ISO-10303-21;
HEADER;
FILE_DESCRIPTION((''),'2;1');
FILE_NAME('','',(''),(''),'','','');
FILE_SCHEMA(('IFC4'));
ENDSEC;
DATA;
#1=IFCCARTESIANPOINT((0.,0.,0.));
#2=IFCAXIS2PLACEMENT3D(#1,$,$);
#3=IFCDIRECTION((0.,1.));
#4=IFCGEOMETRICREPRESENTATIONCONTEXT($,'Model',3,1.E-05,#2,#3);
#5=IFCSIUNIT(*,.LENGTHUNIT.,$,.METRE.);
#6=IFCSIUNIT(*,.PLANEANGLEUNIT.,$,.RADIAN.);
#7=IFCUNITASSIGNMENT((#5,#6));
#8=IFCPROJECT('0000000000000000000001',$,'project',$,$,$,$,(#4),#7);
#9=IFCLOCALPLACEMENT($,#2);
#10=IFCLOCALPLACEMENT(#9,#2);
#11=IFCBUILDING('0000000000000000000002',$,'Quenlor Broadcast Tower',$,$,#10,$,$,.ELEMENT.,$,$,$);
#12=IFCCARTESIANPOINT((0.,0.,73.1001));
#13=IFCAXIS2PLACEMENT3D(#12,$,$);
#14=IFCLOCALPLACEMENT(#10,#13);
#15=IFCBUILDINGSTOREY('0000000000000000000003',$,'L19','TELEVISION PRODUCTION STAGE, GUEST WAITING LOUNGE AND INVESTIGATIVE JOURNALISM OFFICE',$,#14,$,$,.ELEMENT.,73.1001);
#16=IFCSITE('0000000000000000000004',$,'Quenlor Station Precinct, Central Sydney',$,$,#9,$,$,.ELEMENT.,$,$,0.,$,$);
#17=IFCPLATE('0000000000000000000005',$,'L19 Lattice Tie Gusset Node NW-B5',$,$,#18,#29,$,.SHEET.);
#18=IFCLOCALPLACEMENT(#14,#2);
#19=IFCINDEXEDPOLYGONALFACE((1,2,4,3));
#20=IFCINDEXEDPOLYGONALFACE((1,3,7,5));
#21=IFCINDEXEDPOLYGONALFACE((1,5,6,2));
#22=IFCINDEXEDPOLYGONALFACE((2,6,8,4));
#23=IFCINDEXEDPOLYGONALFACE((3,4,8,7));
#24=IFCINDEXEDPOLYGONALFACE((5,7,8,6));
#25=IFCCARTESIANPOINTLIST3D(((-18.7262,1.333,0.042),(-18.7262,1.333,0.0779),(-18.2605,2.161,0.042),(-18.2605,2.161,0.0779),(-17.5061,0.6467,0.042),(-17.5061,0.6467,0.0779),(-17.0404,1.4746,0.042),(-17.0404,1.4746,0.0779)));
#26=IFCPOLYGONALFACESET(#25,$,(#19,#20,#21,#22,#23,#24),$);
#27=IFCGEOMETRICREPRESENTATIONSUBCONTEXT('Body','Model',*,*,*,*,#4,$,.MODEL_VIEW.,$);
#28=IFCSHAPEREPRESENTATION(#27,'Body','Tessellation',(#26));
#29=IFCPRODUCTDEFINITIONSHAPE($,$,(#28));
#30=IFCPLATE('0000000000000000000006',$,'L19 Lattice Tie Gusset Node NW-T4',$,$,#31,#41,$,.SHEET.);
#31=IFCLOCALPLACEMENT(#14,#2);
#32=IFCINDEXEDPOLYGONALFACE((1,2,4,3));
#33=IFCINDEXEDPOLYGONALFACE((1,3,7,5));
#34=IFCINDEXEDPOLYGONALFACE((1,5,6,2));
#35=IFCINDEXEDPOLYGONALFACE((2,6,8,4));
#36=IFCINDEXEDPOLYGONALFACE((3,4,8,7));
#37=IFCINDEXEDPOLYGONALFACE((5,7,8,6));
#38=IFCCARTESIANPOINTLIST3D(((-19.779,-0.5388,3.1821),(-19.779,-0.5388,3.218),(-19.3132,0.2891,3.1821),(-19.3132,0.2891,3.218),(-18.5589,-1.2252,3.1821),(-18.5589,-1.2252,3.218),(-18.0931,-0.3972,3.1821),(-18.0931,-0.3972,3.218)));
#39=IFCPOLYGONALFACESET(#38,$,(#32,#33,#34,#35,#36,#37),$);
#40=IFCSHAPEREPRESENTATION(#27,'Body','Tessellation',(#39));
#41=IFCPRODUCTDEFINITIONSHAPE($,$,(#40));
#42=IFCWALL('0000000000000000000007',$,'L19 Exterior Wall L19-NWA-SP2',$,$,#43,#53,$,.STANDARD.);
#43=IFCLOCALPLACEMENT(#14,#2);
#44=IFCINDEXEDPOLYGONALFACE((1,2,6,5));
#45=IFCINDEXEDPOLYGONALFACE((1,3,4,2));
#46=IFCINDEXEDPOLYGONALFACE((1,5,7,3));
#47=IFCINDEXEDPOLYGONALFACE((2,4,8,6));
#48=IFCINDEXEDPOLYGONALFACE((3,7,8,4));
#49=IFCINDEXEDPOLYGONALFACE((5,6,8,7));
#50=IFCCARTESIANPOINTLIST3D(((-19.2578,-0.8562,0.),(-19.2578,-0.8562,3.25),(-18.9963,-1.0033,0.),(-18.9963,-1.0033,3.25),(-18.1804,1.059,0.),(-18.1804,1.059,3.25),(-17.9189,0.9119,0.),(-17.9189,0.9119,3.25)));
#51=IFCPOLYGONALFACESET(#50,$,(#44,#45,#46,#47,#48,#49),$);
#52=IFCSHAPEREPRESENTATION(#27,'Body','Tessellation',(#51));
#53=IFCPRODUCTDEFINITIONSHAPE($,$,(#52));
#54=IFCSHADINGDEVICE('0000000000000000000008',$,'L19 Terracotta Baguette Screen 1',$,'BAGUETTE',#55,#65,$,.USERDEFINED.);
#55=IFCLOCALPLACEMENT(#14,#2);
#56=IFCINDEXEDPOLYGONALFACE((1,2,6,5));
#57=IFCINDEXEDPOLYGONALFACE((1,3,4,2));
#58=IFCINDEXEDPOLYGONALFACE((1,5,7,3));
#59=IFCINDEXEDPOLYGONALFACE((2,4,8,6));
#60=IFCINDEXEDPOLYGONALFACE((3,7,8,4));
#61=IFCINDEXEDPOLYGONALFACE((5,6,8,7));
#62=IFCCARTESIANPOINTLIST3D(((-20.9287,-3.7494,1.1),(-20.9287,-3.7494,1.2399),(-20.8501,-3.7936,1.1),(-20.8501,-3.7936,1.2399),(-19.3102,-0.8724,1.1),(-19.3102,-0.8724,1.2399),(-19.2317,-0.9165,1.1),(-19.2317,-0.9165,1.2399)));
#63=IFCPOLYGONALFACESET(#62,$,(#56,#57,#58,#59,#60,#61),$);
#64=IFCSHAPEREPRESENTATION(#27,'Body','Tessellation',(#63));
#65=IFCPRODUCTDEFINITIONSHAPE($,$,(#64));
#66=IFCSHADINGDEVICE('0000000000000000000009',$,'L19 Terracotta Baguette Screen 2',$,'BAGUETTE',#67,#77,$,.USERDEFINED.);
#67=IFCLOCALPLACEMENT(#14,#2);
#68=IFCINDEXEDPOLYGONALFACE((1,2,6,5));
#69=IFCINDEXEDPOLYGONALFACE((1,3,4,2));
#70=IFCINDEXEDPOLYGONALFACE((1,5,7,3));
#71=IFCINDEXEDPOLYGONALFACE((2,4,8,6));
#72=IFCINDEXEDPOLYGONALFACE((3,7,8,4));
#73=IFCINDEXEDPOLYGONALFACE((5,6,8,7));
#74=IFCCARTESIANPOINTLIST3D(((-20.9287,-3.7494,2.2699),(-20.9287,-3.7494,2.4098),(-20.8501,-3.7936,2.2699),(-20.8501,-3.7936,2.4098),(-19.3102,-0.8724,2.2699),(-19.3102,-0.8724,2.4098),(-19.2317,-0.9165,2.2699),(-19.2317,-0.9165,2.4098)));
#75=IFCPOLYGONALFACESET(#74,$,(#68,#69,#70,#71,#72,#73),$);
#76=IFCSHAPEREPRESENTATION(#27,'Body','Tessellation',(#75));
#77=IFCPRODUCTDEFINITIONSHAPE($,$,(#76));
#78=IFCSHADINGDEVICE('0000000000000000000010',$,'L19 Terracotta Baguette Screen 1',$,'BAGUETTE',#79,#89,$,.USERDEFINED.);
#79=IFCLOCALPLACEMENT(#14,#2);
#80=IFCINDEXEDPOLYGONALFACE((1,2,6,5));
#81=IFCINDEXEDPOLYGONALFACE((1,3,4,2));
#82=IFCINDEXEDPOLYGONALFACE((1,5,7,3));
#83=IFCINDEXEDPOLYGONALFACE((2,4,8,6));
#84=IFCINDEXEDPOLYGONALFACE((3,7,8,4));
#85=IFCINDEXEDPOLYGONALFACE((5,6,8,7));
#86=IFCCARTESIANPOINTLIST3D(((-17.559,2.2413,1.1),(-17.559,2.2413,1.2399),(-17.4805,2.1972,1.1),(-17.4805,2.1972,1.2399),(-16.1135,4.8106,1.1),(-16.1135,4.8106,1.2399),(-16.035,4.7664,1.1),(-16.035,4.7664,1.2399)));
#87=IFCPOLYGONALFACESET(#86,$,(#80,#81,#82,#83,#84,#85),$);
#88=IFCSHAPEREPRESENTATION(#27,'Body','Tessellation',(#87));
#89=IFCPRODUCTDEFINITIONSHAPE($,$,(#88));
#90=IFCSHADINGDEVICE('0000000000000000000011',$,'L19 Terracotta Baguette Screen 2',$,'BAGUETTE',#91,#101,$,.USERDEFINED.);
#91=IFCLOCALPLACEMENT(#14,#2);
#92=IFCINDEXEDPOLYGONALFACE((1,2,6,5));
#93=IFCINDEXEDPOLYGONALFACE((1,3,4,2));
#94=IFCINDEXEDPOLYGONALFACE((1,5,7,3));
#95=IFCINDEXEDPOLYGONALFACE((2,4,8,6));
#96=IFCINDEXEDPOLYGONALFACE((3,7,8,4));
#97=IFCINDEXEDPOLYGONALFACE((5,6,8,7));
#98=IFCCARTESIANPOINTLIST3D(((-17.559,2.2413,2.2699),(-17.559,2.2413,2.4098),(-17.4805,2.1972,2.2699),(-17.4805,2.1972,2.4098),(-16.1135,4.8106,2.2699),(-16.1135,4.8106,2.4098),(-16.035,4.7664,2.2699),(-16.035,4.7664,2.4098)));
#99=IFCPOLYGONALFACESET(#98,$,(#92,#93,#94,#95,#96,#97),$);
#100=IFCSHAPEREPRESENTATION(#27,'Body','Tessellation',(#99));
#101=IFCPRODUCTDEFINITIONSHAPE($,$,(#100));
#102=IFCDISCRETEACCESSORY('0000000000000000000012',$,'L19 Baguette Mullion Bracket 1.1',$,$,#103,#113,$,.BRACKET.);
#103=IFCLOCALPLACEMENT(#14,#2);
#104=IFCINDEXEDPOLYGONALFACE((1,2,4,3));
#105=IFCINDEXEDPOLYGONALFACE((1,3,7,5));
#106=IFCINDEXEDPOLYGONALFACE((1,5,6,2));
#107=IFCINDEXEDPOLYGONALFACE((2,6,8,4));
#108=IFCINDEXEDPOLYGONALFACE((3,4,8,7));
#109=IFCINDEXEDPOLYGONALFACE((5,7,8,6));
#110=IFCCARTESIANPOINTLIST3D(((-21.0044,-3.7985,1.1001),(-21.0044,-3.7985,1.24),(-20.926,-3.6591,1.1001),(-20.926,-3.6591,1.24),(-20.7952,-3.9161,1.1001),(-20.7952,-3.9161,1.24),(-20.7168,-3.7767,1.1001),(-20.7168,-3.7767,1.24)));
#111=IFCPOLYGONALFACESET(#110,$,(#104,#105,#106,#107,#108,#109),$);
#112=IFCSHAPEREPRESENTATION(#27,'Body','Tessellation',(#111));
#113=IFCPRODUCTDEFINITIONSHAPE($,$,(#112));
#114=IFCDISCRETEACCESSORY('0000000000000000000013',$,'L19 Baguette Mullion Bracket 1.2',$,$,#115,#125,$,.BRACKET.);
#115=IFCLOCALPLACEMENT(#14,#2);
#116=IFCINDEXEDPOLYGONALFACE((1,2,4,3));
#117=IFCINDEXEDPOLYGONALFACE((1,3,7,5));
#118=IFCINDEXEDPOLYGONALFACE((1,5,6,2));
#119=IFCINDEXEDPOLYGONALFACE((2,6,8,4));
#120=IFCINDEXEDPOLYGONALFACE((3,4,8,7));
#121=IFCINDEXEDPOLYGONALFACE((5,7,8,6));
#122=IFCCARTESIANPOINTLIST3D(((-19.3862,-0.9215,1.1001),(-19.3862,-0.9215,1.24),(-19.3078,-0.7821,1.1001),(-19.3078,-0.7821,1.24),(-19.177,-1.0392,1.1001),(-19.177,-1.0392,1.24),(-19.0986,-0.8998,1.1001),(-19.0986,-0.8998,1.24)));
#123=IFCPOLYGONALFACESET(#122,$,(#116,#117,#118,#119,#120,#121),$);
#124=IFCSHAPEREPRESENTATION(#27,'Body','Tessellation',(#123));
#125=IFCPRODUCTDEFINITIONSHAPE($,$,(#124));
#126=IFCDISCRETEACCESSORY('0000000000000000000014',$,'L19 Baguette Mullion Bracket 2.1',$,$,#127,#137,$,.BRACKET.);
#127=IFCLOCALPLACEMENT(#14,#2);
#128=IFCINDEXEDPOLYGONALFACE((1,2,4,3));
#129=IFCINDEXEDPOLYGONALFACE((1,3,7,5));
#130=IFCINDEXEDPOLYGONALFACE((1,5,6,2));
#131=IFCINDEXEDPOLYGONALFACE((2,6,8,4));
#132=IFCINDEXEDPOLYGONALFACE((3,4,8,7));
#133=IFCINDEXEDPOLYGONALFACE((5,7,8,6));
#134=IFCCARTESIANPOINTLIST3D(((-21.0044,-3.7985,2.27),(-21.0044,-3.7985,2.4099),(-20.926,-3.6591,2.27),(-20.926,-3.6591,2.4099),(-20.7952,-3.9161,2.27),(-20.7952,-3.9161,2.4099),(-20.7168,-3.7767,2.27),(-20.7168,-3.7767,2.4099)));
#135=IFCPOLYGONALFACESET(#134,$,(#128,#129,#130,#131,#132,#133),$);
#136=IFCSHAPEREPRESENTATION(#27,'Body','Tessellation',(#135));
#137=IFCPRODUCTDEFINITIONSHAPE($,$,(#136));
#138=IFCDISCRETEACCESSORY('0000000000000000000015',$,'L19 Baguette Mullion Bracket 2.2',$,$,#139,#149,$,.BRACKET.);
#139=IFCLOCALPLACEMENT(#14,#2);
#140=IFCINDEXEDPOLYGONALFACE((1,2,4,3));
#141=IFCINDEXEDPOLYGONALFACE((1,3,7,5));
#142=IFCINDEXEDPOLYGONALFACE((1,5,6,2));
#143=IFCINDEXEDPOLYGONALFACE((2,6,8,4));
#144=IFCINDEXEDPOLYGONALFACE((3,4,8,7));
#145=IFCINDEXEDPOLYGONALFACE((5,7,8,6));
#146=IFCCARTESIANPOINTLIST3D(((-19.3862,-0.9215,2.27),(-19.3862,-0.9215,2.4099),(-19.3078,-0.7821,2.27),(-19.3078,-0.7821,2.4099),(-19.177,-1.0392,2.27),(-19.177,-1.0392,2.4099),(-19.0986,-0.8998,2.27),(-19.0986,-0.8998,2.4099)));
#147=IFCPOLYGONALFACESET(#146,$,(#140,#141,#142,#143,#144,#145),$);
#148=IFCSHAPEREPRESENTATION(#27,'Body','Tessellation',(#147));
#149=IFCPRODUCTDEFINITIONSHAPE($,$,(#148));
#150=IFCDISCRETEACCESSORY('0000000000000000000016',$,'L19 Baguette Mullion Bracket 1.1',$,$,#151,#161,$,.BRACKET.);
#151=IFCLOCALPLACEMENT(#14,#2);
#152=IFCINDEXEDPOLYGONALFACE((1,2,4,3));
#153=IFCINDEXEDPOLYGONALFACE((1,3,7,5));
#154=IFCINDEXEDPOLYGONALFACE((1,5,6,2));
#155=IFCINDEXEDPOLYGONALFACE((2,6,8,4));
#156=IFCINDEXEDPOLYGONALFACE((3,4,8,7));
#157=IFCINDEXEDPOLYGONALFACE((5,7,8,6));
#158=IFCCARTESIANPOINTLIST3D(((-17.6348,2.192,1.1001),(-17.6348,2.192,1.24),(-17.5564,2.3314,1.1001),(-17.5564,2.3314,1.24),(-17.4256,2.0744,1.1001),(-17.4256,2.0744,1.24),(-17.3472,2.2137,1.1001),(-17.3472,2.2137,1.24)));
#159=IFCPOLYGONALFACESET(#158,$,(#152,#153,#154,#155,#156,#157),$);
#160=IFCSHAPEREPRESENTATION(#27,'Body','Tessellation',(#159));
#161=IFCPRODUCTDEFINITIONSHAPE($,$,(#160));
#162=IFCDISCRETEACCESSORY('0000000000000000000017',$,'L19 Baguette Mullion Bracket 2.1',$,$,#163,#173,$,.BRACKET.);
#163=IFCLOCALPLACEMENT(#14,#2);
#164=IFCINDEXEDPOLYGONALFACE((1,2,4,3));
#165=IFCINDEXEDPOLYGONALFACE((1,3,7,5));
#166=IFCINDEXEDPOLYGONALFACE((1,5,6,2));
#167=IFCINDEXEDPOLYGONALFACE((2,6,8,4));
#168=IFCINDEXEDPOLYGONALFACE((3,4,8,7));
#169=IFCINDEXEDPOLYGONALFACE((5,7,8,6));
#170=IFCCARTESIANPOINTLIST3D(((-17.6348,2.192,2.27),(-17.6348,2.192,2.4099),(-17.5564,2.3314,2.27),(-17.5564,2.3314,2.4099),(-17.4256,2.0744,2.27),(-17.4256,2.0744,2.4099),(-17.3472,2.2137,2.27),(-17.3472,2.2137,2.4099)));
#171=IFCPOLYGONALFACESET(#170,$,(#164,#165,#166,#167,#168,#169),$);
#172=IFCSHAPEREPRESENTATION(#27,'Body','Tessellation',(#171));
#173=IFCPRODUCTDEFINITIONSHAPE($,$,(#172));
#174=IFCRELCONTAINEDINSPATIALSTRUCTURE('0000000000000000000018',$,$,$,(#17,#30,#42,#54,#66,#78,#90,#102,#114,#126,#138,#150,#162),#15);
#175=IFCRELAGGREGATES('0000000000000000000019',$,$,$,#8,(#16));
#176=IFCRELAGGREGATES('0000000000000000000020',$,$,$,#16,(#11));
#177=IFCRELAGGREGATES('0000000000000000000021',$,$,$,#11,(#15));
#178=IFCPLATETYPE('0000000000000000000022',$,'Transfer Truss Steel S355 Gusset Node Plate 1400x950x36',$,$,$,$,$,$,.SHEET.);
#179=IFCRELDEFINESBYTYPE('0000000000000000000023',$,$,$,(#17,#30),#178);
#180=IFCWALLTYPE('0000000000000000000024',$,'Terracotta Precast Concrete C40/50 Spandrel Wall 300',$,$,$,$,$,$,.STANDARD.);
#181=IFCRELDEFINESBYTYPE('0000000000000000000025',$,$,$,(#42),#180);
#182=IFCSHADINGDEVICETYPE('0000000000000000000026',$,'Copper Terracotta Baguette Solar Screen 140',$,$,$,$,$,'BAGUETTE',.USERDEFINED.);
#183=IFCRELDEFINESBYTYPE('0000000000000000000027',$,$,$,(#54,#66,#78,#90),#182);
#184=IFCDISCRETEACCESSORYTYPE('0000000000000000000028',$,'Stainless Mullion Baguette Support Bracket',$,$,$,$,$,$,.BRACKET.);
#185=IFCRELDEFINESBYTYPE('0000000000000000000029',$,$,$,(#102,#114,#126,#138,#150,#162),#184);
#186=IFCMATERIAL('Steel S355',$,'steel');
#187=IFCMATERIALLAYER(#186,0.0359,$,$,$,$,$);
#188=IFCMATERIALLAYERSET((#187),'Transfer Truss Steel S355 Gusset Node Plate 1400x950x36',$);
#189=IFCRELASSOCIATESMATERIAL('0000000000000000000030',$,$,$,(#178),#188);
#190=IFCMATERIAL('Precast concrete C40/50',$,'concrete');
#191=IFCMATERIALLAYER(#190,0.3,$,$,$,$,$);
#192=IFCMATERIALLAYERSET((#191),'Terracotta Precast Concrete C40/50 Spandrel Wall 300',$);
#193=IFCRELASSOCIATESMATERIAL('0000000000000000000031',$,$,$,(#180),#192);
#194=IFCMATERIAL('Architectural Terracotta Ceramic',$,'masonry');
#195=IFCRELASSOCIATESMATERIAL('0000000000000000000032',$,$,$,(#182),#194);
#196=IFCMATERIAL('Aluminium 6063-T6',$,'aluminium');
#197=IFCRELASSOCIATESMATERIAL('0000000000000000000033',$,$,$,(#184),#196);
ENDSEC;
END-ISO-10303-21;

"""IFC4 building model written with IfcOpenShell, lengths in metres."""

from ifc_helpers import new_model, si_unit, direction, frame, frame_2d, origin, origin_2d, place, context, subcontext, project, spatial, rectangle, extrude, material, layer, layer_set, material_profile, profile_set, type_object, element, save


model = new_model("IFC4")

# Units and contexts
model_context = context("Model", 3, precision=1e-05, world=origin(), true_north=direction((0.0, 1.0)))
body_context = subcontext(model_context, "Body", "Model", "MODEL_VIEW")
ifc_project = project(units=[si_unit("LENGTHUNIT", "METRE"), si_unit("PLANEANGLEUNIT", "RADIAN")], contexts=[model_context])

# Site, building, storey
site_placement = place(None, origin())
site = spatial("IfcSite", under=ifc_project, at=site_placement, Name="Quenlor Station Precinct, Central Sydney", CompositionType="ELEMENT", RefElevation=0.0)
building_placement = place(site_placement, origin())
building = spatial("IfcBuilding", under=site, at=building_placement, Name="Quenlor Broadcast Tower", CompositionType="ELEMENT")
storey_placement = place(building_placement, frame((0.0, 0.0, 73.1001)))
storey = spatial("IfcBuildingStorey", under=building, at=storey_placement, Name="L19", Description="TELEVISION PRODUCTION STAGE, GUEST WAITING LOUNGE AND INVESTIGATIVE JOURNALISM OFFICE", CompositionType="ELEMENT", Elevation=73.1001)

# Plates
ifc_material_1 = material(Name="Steel S355", Category="steel")
ifc_layer_1 = layer(ifc_material_1, 0.0359)
ifc_layer_set_1 = layer_set([ifc_layer_1], Name="Transfer Truss Steel S355 Gusset Node Plate 1400x950x36")
plate_type_1 = type_object("IfcPlateType", Name="Transfer Truss Steel S355 Gusset Node Plate 1400x950x36", PredefinedType="SHEET", material=ifc_layer_set_1)
for number, where, z_axis, x_axis, name in (
    (1, (-17.8833, 1.4038, 0.042), (0.0, 0.0, 1.0), (-0.871556, 0.490295, 0.0), "L19 Lattice Tie Gusset Node NW-B5"),
    (2, (-18.936, -0.468, 3.1821), (0.0, 0.0, 1.0), (-0.871556, 0.490295, 0.0), "L19 Lattice Tie Gusset Node NW-T4"),
):
    element("IfcPlate", number, at=place(storey_placement, frame(where, z_axis=z_axis, x_axis=x_axis)), inside=storey, type_object=plate_type_1, Name=name, PredefinedType="SHEET", context=body_context, shape_type="SweptSolid", body=[
        extrude(rectangle(XDim=1.3999, YDim=0.95, at=origin_2d()), origin(), (0.0, 0.0, 1.0), 0.0359),
    ])

# Wall
ifc_material_2 = material(Name="Precast concrete C40/50", Category="concrete")
ifc_layer_2 = layer(ifc_material_2, 0.3)
ifc_layer_set_2 = layer_set([ifc_layer_2], Name="Terracotta Precast Concrete C40/50 Spandrel Wall 300")
wall_type = type_object("IfcWallType", Name="Terracotta Precast Concrete C40/50 Spandrel Wall 300", PredefinedType="STANDARD", material=ifc_layer_set_2)
wall_placement = place(storey_placement, frame((-19.127, -0.9297, 0.0), z_axis=(0.0, 0.0, 1.0), x_axis=(0.490277, 0.871567, 0.0)))
element("IfcWall", 3, at=wall_placement, inside=storey, type_object=wall_type, Name="L19 Exterior Wall L19-NWA-SP2", PredefinedType="STANDARD", context=body_context, shape_type="SweptSolid", body=[
    extrude(rectangle(XDim=2.1975, YDim=0.3, at=frame_2d((1.0986, 0.0))), origin(), (0.0, 0.0, 1.0), 3.25),
])

# Shading devices
ifc_material_3 = material(Name="Architectural Terracotta Ceramic", Category="masonry")
ifc_material_profile_1 = material_profile(ifc_material_3, rectangle(XDim=0.0901, YDim=0.1399, at=origin_2d()))
ifc_profile_set_1 = profile_set([ifc_material_profile_1], Name="Architectural Terracotta Ceramic BAG90x140")
shading_device_type = type_object("IfcShadingDeviceType", Name="Copper Terracotta Baguette Solar Screen 140", ElementType="BAGUETTE", PredefinedType="USERDEFINED", material=ifc_profile_set_1)
for number, where, z_axis, x_axis, name in (
    (4, (-20.8894, -3.7715, 1.1699), (0.490289, 0.87156, 0.0), (-0.87156, 0.490289, 0.0), "L19 Terracotta Baguette Screen 1"),
    (5, (-20.8894, -3.7715, 2.3398), (0.490289, 0.87156, 0.0), (-0.87156, 0.490289, 0.0), "L19 Terracotta Baguette Screen 2"),
):
    element("IfcShadingDevice", number, at=place(storey_placement, frame(where, z_axis=z_axis, x_axis=x_axis)), inside=storey, type_object=shading_device_type, Name=name, ObjectType="BAGUETTE", PredefinedType="USERDEFINED", context=body_context, shape_type="SweptSolid", body=[
        extrude(rectangle(XDim=0.0901, YDim=0.1399, at=origin_2d()), origin(), (0.0, 0.0, 1.0), 3.301),
    ])
for number, where, z_axis, x_axis, name in (
    (6, (-17.5198, 2.2192, 1.1699), (0.49034, 0.871531, 0.0), (-0.871531, 0.49034, 0.0), "L19 Terracotta Baguette Screen 1"),
    (7, (-17.5198, 2.2192, 2.3398), (0.49034, 0.871531, 0.0), (-0.871531, 0.49034, 0.0), "L19 Terracotta Baguette Screen 2"),
):
    element("IfcShadingDevice", number, at=place(storey_placement, frame(where, z_axis=z_axis, x_axis=x_axis)), inside=storey, type_object=shading_device_type, Name=name, ObjectType="BAGUETTE", PredefinedType="USERDEFINED", context=body_context, shape_type="SweptSolid", body=[
        extrude(rectangle(XDim=0.0901, YDim=0.1399, at=origin_2d()), origin(), (0.0, 0.0, 1.0), 2.948),
    ])

# Discrete accessories
ifc_material_4 = material(Name="Aluminium 6063-T6", Category="aluminium")
discrete_accessory_type = type_object("IfcDiscreteAccessoryType", Name="Stainless Mullion Baguette Support Bracket", PredefinedType="BRACKET", material=ifc_material_4)
for number, where, z_axis, x_axis, name in (
    (8, (-20.8606, -3.7876, 1.1001), (0.0, 0.0, 1.0), (0.490257, 0.871578, 0.0), "L19 Baguette Mullion Bracket 1.1"),
    (9, (-19.2424, -0.9106, 1.1001), (0.0, 0.0, 1.0), (0.490257, 0.871578, 0.0), "L19 Baguette Mullion Bracket 1.2"),
    (10, (-20.8606, -3.7876, 2.27), (0.0, 0.0, 1.0), (0.490257, 0.871578, 0.0), "L19 Baguette Mullion Bracket 2.1"),
    (11, (-19.2424, -0.9106, 2.27), (0.0, 0.0, 1.0), (0.490257, 0.871578, 0.0), "L19 Baguette Mullion Bracket 2.2"),
    (12, (-17.491, 2.2029, 1.1001), (0.0, 0.0, 1.0), (0.490274, 0.871568, 0.0), "L19 Baguette Mullion Bracket 1.1"),
    (13, (-17.491, 2.2029, 2.27), (0.0, 0.0, 1.0), (0.490274, 0.871568, 0.0), "L19 Baguette Mullion Bracket 2.1"),
):
    element("IfcDiscreteAccessory", number, at=place(storey_placement, frame(where, z_axis=z_axis, x_axis=x_axis)), inside=storey, type_object=discrete_accessory_type, Name=name, PredefinedType="BRACKET", context=body_context, shape_type="SweptSolid", body=[
        extrude(rectangle(XDim=0.1599, YDim=0.24, at=origin_2d()), origin(), (0.0, 0.0, 1.0), 0.1399),
    ])

save(model, "model.ifc")
